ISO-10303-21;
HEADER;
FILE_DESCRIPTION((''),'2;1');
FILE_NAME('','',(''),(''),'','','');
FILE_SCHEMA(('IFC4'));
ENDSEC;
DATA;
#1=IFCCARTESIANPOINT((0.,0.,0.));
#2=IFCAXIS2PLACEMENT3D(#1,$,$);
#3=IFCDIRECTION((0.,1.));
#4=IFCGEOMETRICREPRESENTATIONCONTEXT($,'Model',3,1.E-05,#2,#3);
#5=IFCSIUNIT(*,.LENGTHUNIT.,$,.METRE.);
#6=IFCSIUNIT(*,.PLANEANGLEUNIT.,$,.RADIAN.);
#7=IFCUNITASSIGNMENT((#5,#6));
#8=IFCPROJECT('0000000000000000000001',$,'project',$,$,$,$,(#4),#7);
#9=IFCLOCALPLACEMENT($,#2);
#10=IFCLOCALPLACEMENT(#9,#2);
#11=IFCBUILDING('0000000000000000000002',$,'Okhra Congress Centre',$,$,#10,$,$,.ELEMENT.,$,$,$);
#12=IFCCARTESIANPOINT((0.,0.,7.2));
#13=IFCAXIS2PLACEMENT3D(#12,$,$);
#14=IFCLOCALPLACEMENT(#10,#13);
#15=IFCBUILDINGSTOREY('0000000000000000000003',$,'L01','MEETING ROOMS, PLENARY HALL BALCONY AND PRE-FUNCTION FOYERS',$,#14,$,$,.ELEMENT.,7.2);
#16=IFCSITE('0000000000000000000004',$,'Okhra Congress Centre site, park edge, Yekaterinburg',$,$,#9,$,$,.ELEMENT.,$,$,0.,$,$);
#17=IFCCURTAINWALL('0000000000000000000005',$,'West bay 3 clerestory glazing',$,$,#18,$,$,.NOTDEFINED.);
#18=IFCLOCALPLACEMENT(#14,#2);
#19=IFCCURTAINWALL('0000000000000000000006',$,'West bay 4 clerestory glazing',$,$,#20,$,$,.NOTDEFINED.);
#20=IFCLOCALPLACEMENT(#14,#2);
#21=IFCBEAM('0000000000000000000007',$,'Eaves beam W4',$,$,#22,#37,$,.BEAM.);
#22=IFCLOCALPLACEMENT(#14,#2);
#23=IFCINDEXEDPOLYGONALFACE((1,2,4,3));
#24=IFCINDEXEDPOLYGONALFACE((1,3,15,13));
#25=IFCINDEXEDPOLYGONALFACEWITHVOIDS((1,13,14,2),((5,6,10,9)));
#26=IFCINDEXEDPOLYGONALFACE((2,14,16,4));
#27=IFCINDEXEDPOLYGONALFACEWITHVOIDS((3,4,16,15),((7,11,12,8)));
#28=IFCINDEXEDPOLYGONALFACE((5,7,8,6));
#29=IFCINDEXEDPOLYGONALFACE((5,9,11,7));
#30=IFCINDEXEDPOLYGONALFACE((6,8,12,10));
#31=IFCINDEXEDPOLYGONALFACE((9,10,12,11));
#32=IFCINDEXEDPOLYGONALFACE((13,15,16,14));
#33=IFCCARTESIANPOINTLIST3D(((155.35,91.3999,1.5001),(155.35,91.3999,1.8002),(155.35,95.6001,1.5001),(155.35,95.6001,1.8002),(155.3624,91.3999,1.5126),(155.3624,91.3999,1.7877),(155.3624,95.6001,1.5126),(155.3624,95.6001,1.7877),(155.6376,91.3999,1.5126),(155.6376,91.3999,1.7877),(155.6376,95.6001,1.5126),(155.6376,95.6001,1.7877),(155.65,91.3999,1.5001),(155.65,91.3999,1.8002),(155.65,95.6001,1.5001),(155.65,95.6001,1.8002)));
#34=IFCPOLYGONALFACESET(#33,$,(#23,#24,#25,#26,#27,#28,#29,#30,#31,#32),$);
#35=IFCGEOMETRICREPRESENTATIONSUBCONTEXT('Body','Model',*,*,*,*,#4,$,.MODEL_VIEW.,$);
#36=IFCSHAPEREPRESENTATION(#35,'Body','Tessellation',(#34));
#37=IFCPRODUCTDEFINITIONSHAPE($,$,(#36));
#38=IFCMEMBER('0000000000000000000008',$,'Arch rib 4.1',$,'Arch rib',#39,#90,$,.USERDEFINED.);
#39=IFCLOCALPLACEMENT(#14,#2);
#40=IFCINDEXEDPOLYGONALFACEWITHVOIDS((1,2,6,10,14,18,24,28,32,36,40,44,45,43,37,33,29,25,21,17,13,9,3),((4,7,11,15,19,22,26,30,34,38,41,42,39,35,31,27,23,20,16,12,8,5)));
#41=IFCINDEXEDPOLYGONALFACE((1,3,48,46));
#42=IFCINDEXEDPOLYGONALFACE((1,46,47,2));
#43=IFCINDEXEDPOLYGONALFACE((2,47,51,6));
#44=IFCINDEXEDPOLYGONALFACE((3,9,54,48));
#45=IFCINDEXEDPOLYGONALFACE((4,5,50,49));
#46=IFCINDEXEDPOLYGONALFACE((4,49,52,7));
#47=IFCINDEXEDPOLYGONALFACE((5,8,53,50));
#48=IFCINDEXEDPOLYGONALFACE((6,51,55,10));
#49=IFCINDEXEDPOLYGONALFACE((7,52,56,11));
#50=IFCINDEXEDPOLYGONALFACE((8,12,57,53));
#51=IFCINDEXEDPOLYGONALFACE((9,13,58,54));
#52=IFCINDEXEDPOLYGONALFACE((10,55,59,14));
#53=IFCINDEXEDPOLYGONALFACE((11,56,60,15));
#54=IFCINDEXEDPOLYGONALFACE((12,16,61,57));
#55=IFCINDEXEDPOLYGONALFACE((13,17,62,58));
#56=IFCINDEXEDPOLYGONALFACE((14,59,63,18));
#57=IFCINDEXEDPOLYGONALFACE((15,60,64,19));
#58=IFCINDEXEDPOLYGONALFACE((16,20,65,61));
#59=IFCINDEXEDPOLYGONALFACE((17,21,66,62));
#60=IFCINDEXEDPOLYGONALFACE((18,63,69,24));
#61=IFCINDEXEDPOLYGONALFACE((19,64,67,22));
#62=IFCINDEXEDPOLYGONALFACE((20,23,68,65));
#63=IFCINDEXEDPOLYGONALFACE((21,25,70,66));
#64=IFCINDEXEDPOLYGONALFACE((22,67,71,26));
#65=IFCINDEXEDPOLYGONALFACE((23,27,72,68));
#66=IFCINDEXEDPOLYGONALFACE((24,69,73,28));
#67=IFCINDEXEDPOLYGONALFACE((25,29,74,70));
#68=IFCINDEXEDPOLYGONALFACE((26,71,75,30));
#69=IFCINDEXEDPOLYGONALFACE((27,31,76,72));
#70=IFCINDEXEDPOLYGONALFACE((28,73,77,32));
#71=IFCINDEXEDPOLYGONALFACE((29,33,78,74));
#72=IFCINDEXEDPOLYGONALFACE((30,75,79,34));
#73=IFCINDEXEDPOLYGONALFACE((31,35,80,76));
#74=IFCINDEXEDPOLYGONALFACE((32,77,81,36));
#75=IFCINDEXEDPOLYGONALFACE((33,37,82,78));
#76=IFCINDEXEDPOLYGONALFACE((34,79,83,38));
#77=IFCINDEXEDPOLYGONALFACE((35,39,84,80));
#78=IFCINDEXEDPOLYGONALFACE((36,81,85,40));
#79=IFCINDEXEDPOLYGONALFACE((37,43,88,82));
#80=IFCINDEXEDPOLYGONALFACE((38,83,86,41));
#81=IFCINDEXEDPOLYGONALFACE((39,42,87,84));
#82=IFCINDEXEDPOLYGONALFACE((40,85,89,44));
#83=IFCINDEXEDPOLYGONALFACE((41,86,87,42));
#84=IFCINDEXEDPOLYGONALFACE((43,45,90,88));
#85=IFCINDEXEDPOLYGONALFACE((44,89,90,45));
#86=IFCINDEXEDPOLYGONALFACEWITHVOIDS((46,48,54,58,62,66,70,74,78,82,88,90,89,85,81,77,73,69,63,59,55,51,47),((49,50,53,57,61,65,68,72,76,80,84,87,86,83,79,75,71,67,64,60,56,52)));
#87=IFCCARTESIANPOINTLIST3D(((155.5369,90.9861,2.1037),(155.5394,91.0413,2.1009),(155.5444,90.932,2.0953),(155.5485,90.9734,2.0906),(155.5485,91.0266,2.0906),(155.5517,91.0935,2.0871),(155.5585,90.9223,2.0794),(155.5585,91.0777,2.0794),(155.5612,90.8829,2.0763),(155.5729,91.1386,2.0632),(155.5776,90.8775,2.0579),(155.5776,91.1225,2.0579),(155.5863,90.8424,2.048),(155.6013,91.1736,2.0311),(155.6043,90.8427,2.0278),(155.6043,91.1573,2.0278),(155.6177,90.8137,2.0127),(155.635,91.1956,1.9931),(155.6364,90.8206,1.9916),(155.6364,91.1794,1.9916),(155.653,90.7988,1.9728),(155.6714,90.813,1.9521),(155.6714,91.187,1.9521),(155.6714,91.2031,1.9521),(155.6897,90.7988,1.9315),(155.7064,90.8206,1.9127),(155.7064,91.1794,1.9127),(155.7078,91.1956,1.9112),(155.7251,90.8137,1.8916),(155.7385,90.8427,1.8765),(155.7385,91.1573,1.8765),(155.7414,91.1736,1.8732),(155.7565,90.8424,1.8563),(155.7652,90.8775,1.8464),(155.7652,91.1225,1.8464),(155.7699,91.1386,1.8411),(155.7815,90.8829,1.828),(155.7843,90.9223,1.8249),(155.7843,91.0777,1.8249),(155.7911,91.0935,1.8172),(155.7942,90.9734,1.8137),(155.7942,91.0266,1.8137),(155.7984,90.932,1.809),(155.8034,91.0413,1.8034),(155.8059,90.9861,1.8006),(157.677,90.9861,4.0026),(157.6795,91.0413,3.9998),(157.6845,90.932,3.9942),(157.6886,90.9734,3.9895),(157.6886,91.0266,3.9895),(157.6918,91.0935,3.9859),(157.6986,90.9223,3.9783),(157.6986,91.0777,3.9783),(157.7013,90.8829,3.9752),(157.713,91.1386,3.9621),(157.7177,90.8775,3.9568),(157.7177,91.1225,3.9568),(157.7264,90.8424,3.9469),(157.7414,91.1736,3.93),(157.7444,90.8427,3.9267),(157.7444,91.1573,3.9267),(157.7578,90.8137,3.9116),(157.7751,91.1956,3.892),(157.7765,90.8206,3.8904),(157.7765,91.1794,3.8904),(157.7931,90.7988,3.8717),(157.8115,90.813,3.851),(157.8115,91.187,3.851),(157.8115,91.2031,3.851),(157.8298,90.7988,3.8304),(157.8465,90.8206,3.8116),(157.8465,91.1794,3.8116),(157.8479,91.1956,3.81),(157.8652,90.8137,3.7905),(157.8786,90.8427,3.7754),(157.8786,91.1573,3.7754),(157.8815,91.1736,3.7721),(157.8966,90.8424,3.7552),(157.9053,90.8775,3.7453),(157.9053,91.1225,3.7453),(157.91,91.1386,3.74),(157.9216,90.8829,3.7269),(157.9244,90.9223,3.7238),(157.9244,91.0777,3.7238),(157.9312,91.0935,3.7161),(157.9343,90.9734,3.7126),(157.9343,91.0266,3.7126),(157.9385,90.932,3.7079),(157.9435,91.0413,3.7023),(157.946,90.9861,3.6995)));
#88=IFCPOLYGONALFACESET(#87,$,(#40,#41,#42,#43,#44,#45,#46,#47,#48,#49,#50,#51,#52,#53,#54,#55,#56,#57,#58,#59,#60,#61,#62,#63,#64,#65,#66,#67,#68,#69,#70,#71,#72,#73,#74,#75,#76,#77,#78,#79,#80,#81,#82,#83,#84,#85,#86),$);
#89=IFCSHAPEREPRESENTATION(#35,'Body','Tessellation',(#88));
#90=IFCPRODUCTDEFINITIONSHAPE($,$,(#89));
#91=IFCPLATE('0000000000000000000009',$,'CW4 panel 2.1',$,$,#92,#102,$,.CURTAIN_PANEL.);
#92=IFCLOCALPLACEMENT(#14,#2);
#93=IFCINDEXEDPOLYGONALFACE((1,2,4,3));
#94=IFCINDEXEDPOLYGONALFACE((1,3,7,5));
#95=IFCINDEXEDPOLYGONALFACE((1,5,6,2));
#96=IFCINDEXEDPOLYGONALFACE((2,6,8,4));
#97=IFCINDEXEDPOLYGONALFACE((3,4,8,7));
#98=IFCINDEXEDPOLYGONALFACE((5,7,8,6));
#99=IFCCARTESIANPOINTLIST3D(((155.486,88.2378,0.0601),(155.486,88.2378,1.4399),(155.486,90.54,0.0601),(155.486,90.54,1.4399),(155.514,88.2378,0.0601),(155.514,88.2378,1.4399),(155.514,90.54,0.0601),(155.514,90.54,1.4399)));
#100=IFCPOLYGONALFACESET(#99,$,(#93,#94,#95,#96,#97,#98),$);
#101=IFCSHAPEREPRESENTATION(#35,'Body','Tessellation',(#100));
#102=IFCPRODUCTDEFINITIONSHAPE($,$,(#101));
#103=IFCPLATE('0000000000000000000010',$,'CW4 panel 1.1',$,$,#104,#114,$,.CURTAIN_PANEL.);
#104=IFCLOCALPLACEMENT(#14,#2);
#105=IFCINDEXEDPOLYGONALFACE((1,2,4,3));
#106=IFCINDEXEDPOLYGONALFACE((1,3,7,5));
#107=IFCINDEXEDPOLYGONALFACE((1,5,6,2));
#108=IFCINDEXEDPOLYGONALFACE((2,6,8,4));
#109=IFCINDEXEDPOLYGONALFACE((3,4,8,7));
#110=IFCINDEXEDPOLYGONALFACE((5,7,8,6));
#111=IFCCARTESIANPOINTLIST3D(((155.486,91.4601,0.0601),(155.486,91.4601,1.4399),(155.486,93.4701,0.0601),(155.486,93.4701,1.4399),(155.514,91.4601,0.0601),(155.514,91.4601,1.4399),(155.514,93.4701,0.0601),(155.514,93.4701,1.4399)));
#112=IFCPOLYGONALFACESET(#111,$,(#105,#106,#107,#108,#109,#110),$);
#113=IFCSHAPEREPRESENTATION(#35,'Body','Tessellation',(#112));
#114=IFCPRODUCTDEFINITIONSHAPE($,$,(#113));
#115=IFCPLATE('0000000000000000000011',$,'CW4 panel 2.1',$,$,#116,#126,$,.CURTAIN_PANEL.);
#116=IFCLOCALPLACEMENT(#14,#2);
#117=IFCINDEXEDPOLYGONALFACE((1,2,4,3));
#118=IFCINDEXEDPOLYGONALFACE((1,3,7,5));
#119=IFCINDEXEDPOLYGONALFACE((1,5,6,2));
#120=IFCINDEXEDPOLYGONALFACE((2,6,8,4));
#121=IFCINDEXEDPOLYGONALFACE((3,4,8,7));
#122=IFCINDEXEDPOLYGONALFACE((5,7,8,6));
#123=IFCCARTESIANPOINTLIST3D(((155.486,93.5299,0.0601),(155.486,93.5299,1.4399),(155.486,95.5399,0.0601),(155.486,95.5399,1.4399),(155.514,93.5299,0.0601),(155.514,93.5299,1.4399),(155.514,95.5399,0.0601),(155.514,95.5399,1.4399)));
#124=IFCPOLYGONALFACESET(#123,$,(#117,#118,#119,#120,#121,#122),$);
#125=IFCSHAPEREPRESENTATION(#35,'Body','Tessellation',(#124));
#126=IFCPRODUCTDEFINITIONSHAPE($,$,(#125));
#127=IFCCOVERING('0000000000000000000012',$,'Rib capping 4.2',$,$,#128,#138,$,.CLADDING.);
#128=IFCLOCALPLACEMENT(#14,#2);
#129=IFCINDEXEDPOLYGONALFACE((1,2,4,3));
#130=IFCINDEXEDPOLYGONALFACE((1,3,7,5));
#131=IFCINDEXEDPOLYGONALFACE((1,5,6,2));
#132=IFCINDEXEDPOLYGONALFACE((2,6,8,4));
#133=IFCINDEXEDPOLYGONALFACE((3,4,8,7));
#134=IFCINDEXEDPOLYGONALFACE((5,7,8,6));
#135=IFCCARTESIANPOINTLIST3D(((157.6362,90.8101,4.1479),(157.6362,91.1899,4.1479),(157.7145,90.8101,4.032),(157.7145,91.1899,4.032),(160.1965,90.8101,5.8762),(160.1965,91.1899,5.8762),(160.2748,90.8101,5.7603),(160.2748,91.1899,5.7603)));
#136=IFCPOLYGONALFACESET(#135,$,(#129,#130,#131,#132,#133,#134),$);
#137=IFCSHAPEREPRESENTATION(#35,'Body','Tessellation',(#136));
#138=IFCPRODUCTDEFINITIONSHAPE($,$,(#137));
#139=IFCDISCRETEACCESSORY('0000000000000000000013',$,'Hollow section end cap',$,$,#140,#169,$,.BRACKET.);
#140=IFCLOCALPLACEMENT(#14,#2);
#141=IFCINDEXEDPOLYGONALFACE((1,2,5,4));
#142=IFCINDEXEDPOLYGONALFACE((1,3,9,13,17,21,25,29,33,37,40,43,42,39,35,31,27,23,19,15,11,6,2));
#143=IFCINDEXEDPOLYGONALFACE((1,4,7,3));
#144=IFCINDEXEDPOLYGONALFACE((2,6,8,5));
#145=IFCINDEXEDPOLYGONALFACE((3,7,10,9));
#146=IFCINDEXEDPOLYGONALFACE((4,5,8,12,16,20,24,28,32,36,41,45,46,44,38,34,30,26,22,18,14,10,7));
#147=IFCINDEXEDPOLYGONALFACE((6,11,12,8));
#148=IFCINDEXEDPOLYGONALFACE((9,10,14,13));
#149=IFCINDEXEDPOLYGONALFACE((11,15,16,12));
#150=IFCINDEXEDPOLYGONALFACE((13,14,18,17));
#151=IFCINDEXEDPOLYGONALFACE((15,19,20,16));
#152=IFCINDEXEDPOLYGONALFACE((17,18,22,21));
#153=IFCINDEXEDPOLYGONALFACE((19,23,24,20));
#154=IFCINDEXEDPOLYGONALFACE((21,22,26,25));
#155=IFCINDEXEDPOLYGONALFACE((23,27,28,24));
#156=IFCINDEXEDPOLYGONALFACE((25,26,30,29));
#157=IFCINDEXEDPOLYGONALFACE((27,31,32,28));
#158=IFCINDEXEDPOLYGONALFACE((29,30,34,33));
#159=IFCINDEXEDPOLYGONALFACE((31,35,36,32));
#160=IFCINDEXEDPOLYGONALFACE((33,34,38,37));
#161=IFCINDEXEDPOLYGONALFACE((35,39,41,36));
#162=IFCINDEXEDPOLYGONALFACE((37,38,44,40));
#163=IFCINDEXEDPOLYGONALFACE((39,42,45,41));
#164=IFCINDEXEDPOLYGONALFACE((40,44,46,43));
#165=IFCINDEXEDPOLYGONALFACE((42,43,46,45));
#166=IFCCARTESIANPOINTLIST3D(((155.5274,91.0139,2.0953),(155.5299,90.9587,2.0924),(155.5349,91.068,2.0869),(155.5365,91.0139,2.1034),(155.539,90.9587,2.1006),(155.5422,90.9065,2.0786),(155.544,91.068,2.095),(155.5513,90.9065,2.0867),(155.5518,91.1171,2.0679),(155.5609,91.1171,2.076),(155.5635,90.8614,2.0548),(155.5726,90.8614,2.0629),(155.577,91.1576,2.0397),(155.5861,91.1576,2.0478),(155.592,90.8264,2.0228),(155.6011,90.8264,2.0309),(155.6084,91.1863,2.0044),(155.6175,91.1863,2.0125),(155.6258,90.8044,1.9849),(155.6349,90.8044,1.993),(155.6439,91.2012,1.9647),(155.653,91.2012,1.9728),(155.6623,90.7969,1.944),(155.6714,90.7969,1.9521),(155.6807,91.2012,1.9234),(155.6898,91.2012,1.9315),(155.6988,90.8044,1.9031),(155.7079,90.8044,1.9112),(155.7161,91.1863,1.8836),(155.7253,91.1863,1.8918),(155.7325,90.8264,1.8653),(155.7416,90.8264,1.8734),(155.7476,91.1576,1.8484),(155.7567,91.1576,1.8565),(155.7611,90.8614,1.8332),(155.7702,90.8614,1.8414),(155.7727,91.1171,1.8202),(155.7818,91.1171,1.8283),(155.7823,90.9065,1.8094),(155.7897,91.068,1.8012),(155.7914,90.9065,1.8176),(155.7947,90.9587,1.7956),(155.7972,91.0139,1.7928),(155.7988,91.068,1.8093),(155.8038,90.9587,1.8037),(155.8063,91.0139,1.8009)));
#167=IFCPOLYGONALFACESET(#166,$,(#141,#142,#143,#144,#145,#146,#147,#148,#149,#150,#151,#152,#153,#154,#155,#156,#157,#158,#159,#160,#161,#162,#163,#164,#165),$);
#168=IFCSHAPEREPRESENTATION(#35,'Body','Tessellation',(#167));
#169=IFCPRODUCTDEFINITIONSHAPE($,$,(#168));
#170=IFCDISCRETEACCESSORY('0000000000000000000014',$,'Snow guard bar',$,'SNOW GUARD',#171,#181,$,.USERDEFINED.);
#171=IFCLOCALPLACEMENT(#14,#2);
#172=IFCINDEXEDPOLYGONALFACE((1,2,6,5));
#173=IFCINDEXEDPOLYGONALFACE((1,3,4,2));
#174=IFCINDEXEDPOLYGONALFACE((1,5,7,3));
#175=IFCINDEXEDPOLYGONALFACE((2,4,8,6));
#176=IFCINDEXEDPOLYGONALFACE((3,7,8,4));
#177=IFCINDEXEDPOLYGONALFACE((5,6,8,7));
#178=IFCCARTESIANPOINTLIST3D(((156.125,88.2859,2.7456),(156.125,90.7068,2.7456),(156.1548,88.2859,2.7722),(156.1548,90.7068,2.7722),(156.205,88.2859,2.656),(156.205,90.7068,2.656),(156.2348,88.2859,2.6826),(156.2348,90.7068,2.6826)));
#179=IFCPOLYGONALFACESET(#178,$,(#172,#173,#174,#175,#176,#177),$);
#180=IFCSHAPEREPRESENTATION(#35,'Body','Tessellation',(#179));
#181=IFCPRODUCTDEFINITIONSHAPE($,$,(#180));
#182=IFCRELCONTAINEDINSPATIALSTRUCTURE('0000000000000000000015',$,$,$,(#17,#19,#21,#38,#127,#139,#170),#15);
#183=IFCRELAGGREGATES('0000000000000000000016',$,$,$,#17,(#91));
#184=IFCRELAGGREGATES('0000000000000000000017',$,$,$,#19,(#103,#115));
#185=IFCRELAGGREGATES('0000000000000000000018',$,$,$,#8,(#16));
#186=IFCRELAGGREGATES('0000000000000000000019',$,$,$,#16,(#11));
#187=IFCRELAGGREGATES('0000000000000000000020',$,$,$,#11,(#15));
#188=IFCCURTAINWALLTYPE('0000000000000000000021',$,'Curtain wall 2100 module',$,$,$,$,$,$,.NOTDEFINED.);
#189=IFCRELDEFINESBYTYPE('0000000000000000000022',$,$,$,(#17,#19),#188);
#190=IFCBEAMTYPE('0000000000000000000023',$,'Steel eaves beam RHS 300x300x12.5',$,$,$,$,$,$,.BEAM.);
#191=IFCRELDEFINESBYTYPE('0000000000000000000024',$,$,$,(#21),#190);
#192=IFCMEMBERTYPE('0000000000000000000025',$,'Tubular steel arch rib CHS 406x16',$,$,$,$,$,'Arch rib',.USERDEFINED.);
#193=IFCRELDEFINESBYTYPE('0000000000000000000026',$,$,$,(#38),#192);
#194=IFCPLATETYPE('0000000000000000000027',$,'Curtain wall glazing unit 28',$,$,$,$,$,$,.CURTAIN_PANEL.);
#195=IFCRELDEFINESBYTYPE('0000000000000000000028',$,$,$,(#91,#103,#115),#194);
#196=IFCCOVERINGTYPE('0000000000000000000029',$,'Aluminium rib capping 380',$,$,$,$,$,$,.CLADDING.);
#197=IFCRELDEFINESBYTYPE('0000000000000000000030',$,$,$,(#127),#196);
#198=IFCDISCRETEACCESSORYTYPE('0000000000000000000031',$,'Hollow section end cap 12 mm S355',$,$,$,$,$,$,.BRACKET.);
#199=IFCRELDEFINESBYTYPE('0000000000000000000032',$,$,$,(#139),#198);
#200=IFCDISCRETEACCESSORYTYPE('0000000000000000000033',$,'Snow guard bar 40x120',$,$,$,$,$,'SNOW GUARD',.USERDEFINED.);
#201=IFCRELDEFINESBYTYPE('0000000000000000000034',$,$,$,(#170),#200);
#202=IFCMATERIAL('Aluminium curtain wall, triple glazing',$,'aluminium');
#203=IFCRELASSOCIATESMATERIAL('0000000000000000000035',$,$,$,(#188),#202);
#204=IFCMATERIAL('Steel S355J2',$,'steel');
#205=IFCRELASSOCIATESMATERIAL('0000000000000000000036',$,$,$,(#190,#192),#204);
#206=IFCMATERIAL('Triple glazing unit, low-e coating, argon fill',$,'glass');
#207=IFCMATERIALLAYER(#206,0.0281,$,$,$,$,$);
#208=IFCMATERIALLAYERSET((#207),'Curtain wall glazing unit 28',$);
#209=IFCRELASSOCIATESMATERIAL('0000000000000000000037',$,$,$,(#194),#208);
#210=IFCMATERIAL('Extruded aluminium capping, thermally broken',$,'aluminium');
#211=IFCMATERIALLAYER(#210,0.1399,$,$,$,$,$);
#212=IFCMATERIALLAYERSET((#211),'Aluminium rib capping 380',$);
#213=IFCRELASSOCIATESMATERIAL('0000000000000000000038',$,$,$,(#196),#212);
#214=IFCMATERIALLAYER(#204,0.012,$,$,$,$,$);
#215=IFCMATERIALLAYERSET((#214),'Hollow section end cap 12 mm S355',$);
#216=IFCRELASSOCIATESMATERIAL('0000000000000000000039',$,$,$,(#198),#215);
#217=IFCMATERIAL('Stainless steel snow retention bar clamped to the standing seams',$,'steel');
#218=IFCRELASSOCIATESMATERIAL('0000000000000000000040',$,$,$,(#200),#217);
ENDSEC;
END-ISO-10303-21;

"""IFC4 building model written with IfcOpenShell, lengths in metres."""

from ifc_helpers import new_model, si_unit, direction, frame, origin, origin_2d, place, context, subcontext, project, spatial, polyline, rectangle, hollow_rectangle, circle, hollow_circle, outline, extrude, material, layer, layer_set, material_profile, profile_set, type_object, element, aggregate, save


model = new_model("IFC4")

# Units and contexts
model_context = context("Model", 3, precision=1e-05, world=origin(), true_north=direction((0.0, 1.0)))
body_context = subcontext(model_context, "Body", "Model", "MODEL_VIEW")
ifc_project = project(units=[si_unit("LENGTHUNIT", "METRE"), si_unit("PLANEANGLEUNIT", "RADIAN")], contexts=[model_context])

# Site, building, storey
site_placement = place(None, origin())
site = spatial("IfcSite", under=ifc_project, at=site_placement, Name="Okhra Congress Centre site, park edge, Yekaterinburg", CompositionType="ELEMENT", RefElevation=0.0)
building_placement = place(site_placement, origin())
building = spatial("IfcBuilding", under=site, at=building_placement, Name="Okhra Congress Centre", CompositionType="ELEMENT")
storey_placement = place(building_placement, frame((0.0, 0.0, 7.2)))
storey = spatial("IfcBuildingStorey", under=building, at=storey_placement, Name="L01", Description="MEETING ROOMS, PLENARY HALL BALCONY AND PRE-FUNCTION FOYERS", CompositionType="ELEMENT", Elevation=7.2)

# Curtain wall
ifc_material_1 = material(Name="Aluminium curtain wall, triple glazing", Category="aluminium")
curtain_wall_type = type_object("IfcCurtainWallType", Name="Curtain wall 2100 module", PredefinedType="NOTDEFINED", material=ifc_material_1)
curtain_wall_1_placement = place(storey_placement, origin())
curtain_wall_1 = element("IfcCurtainWall", 1, at=curtain_wall_1_placement, inside=storey, type_object=curtain_wall_type, Name="West bay 3 clerestory glazing", PredefinedType="NOTDEFINED")

# Curtain wall
curtain_wall_2_placement = place(storey_placement, origin())
curtain_wall_2 = element("IfcCurtainWall", 2, at=curtain_wall_2_placement, inside=storey, type_object=curtain_wall_type, Name="West bay 4 clerestory glazing", PredefinedType="NOTDEFINED")

# Beam
ifc_material_2 = material(Name="Steel S355J2", Category="steel")
ifc_material_profile_1 = material_profile(ifc_material_2, hollow_rectangle(XDim=0.3, YDim=0.3, WallThickness=0.0125, at=origin_2d()), Name="RHS 300x300x12.5")
ifc_profile_set_1 = profile_set([ifc_material_profile_1], Name="Steel S355J2")
beam_type = type_object("IfcBeamType", Name="Steel eaves beam RHS 300x300x12.5", PredefinedType="BEAM", material=ifc_profile_set_1)
beam_placement = place(storey_placement, frame((155.5, 91.3999, 1.6501), z_axis=(0.0, 1.0, 0.0), x_axis=(-1.0, 0.0, 0.0)))
element("IfcBeam", 3, at=beam_placement, inside=storey, type_object=beam_type, Name="Eaves beam W4", PredefinedType="BEAM", context=body_context, shape_type="SweptSolid", body=[
    extrude(hollow_rectangle(XDim=0.3, YDim=0.3, WallThickness=0.0125, at=origin_2d()), origin(), (0.0, 0.0, 1.0), 4.2002),
])

# Member
ifc_material_profile_2 = material_profile(ifc_material_2, hollow_circle(Radius=0.2031, WallThickness=0.0161, at=origin_2d()), Name="CHS 406.4x16")
ifc_profile_set_2 = profile_set([ifc_material_profile_2], Name="Steel S355J2")
member_type_1 = type_object("IfcMemberType", Name="Tubular steel arch rib CHS 406x16", ElementType="Arch rib", PredefinedType="USERDEFINED", material=ifc_profile_set_2)
member_1_placement = place(storey_placement, frame((155.6714, 91.0, 1.9521), z_axis=(0.748002, 0.0, 0.663696), x_axis=(0.0, 1.0, 0.0)))
element("IfcMember", 4, at=member_1_placement, inside=storey, type_object=member_type_1, Name="Arch rib 4.1", ObjectType="Arch rib", PredefinedType="USERDEFINED", context=body_context, shape_type="SweptSolid", body=[
    extrude(hollow_circle(Radius=0.2031, WallThickness=0.0161, at=origin_2d()), origin(), (0.0, 0.0, 1.0), 2.8611),
])

# Plates
ifc_material_3 = material(Name="Triple glazing unit, low-e coating, argon fill", Category="glass")
ifc_layer_1 = layer(ifc_material_3, 0.0281)
ifc_layer_set_1 = layer_set([ifc_layer_1], Name="Curtain wall glazing unit 28")
plate_type = type_object("IfcPlateType", Name="Curtain wall glazing unit 28", PredefinedType="CURTAIN_PANEL", material=ifc_layer_set_1)
plate_1_placement = place(storey_placement, frame((155.5, 89.3889, 0.0601), z_axis=(0.0, 0.0, 1.0), x_axis=(0.0, 1.0, 0.0)))
plate_1 = element("IfcPlate", 5, at=plate_1_placement, type_object=plate_type, Name="CW4 panel 2.1", PredefinedType="CURTAIN_PANEL", context=body_context, shape_type="SweptSolid", body=[
    extrude(rectangle(XDim=2.3022, YDim=0.0281, at=origin_2d()), origin(), (0.0, 0.0, 1.0), 1.3799),
])
aggregate(curtain_wall_1, [plate_1])
plate_2_placement = place(storey_placement, frame((155.5, 92.4651, 0.0601), z_axis=(0.0, 0.0, 1.0), x_axis=(0.0, 1.0, 0.0)))
plate_2 = element("IfcPlate", 6, at=plate_2_placement, type_object=plate_type, Name="CW4 panel 1.1", PredefinedType="CURTAIN_PANEL", context=body_context, shape_type="SweptSolid", body=[
    extrude(rectangle(XDim=2.01, YDim=0.0281, at=origin_2d()), origin(), (0.0, 0.0, 1.0), 1.3799),
])
plate_3_placement = place(storey_placement, frame((155.5, 94.5349, 0.0601), z_axis=(0.0, 0.0, 1.0), x_axis=(0.0, 1.0, 0.0)))
plate_3 = element("IfcPlate", 7, at=plate_3_placement, type_object=plate_type, Name="CW4 panel 2.1", PredefinedType="CURTAIN_PANEL", context=body_context, shape_type="SweptSolid", body=[
    extrude(rectangle(XDim=2.01, YDim=0.0281, at=origin_2d()), origin(), (0.0, 0.0, 1.0), 1.3799),
])
aggregate(curtain_wall_2, [plate_2, plate_3])

# Covering
ifc_material_4 = material(Name="Extruded aluminium capping, thermally broken", Category="aluminium")
ifc_layer_2 = layer(ifc_material_4, 0.1399)
ifc_layer_set_2 = layer_set([ifc_layer_2], Name="Aluminium rib capping 380")
covering_type = type_object("IfcCoveringType", Name="Aluminium rib capping 380", PredefinedType="CLADDING", material=ifc_layer_set_2)
covering_placement = place(storey_placement, frame((157.6362, 90.8101, 4.1479), z_axis=(-0.559488, 0.0, 0.828839), x_axis=(0.828839, 0.0, 0.559488)))
element("IfcCovering", 8, at=covering_placement, inside=storey, type_object=covering_type, Name="Rib capping 4.2", PredefinedType="CLADDING", context=body_context, shape_type="SweptSolid", body=[
    extrude(outline(polyline([(0.0, 0.0), (3.089, 0.0), (3.089, 0.3799), (0.0, 0.3799), (0.0, 0.0)])), origin(), (0.0, 0.0, -1.0), 0.1399),
])

# Discrete accessories
ifc_layer_3 = layer(ifc_material_2, 0.012)
ifc_layer_set_3 = layer_set([ifc_layer_3], Name="Hollow section end cap 12 mm S355")
discrete_accessory_type_1 = type_object("IfcDiscreteAccessoryType", Name="Hollow section end cap 12 mm S355", PredefinedType="BRACKET", material=ifc_layer_set_3)
discrete_accessory_1_placement = place(storey_placement, frame((155.6714, 91.0, 1.9521), z_axis=(-0.746295, 0.0, -0.665615), x_axis=(0.0, -1.0, 0.0)))
element("IfcDiscreteAccessory", 9, at=discrete_accessory_1_placement, inside=storey, type_object=discrete_accessory_type_1, Name="Hollow section end cap", PredefinedType="BRACKET", context=body_context, shape_type="SweptSolid", body=[
    extrude(circle(Radius=0.2031, at=origin_2d()), origin(), (0.0, 0.0, 1.0), 0.0122),
])
ifc_material_5 = material(Name="Stainless steel snow retention bar clamped to the standing seams", Category="steel")
discrete_accessory_type_2 = type_object("IfcDiscreteAccessoryType", Name="Snow guard bar 40x120", ElementType="SNOW GUARD", PredefinedType="USERDEFINED", material=ifc_material_5)
discrete_accessory_2_placement = place(storey_placement, frame((156.125, 88.2859, 2.7456), z_axis=(-0.666259, 0.0, 0.745721), x_axis=(0.745721, 0.0, 0.666259)))
element("IfcDiscreteAccessory", 10, at=discrete_accessory_2_placement, inside=storey, type_object=discrete_accessory_type_2, Name="Snow guard bar", ObjectType="SNOW GUARD", PredefinedType="USERDEFINED", context=body_context, shape_type="SweptSolid", body=[
    extrude(outline(polyline([(0.0, 0.0), (0.0399, 0.0), (0.0399, 2.4209), (0.0, 2.4209), (0.0, 0.0)])), origin(), (0.0, 0.0, -1.0), 0.1201),
])

save(model, "model.ifc")
